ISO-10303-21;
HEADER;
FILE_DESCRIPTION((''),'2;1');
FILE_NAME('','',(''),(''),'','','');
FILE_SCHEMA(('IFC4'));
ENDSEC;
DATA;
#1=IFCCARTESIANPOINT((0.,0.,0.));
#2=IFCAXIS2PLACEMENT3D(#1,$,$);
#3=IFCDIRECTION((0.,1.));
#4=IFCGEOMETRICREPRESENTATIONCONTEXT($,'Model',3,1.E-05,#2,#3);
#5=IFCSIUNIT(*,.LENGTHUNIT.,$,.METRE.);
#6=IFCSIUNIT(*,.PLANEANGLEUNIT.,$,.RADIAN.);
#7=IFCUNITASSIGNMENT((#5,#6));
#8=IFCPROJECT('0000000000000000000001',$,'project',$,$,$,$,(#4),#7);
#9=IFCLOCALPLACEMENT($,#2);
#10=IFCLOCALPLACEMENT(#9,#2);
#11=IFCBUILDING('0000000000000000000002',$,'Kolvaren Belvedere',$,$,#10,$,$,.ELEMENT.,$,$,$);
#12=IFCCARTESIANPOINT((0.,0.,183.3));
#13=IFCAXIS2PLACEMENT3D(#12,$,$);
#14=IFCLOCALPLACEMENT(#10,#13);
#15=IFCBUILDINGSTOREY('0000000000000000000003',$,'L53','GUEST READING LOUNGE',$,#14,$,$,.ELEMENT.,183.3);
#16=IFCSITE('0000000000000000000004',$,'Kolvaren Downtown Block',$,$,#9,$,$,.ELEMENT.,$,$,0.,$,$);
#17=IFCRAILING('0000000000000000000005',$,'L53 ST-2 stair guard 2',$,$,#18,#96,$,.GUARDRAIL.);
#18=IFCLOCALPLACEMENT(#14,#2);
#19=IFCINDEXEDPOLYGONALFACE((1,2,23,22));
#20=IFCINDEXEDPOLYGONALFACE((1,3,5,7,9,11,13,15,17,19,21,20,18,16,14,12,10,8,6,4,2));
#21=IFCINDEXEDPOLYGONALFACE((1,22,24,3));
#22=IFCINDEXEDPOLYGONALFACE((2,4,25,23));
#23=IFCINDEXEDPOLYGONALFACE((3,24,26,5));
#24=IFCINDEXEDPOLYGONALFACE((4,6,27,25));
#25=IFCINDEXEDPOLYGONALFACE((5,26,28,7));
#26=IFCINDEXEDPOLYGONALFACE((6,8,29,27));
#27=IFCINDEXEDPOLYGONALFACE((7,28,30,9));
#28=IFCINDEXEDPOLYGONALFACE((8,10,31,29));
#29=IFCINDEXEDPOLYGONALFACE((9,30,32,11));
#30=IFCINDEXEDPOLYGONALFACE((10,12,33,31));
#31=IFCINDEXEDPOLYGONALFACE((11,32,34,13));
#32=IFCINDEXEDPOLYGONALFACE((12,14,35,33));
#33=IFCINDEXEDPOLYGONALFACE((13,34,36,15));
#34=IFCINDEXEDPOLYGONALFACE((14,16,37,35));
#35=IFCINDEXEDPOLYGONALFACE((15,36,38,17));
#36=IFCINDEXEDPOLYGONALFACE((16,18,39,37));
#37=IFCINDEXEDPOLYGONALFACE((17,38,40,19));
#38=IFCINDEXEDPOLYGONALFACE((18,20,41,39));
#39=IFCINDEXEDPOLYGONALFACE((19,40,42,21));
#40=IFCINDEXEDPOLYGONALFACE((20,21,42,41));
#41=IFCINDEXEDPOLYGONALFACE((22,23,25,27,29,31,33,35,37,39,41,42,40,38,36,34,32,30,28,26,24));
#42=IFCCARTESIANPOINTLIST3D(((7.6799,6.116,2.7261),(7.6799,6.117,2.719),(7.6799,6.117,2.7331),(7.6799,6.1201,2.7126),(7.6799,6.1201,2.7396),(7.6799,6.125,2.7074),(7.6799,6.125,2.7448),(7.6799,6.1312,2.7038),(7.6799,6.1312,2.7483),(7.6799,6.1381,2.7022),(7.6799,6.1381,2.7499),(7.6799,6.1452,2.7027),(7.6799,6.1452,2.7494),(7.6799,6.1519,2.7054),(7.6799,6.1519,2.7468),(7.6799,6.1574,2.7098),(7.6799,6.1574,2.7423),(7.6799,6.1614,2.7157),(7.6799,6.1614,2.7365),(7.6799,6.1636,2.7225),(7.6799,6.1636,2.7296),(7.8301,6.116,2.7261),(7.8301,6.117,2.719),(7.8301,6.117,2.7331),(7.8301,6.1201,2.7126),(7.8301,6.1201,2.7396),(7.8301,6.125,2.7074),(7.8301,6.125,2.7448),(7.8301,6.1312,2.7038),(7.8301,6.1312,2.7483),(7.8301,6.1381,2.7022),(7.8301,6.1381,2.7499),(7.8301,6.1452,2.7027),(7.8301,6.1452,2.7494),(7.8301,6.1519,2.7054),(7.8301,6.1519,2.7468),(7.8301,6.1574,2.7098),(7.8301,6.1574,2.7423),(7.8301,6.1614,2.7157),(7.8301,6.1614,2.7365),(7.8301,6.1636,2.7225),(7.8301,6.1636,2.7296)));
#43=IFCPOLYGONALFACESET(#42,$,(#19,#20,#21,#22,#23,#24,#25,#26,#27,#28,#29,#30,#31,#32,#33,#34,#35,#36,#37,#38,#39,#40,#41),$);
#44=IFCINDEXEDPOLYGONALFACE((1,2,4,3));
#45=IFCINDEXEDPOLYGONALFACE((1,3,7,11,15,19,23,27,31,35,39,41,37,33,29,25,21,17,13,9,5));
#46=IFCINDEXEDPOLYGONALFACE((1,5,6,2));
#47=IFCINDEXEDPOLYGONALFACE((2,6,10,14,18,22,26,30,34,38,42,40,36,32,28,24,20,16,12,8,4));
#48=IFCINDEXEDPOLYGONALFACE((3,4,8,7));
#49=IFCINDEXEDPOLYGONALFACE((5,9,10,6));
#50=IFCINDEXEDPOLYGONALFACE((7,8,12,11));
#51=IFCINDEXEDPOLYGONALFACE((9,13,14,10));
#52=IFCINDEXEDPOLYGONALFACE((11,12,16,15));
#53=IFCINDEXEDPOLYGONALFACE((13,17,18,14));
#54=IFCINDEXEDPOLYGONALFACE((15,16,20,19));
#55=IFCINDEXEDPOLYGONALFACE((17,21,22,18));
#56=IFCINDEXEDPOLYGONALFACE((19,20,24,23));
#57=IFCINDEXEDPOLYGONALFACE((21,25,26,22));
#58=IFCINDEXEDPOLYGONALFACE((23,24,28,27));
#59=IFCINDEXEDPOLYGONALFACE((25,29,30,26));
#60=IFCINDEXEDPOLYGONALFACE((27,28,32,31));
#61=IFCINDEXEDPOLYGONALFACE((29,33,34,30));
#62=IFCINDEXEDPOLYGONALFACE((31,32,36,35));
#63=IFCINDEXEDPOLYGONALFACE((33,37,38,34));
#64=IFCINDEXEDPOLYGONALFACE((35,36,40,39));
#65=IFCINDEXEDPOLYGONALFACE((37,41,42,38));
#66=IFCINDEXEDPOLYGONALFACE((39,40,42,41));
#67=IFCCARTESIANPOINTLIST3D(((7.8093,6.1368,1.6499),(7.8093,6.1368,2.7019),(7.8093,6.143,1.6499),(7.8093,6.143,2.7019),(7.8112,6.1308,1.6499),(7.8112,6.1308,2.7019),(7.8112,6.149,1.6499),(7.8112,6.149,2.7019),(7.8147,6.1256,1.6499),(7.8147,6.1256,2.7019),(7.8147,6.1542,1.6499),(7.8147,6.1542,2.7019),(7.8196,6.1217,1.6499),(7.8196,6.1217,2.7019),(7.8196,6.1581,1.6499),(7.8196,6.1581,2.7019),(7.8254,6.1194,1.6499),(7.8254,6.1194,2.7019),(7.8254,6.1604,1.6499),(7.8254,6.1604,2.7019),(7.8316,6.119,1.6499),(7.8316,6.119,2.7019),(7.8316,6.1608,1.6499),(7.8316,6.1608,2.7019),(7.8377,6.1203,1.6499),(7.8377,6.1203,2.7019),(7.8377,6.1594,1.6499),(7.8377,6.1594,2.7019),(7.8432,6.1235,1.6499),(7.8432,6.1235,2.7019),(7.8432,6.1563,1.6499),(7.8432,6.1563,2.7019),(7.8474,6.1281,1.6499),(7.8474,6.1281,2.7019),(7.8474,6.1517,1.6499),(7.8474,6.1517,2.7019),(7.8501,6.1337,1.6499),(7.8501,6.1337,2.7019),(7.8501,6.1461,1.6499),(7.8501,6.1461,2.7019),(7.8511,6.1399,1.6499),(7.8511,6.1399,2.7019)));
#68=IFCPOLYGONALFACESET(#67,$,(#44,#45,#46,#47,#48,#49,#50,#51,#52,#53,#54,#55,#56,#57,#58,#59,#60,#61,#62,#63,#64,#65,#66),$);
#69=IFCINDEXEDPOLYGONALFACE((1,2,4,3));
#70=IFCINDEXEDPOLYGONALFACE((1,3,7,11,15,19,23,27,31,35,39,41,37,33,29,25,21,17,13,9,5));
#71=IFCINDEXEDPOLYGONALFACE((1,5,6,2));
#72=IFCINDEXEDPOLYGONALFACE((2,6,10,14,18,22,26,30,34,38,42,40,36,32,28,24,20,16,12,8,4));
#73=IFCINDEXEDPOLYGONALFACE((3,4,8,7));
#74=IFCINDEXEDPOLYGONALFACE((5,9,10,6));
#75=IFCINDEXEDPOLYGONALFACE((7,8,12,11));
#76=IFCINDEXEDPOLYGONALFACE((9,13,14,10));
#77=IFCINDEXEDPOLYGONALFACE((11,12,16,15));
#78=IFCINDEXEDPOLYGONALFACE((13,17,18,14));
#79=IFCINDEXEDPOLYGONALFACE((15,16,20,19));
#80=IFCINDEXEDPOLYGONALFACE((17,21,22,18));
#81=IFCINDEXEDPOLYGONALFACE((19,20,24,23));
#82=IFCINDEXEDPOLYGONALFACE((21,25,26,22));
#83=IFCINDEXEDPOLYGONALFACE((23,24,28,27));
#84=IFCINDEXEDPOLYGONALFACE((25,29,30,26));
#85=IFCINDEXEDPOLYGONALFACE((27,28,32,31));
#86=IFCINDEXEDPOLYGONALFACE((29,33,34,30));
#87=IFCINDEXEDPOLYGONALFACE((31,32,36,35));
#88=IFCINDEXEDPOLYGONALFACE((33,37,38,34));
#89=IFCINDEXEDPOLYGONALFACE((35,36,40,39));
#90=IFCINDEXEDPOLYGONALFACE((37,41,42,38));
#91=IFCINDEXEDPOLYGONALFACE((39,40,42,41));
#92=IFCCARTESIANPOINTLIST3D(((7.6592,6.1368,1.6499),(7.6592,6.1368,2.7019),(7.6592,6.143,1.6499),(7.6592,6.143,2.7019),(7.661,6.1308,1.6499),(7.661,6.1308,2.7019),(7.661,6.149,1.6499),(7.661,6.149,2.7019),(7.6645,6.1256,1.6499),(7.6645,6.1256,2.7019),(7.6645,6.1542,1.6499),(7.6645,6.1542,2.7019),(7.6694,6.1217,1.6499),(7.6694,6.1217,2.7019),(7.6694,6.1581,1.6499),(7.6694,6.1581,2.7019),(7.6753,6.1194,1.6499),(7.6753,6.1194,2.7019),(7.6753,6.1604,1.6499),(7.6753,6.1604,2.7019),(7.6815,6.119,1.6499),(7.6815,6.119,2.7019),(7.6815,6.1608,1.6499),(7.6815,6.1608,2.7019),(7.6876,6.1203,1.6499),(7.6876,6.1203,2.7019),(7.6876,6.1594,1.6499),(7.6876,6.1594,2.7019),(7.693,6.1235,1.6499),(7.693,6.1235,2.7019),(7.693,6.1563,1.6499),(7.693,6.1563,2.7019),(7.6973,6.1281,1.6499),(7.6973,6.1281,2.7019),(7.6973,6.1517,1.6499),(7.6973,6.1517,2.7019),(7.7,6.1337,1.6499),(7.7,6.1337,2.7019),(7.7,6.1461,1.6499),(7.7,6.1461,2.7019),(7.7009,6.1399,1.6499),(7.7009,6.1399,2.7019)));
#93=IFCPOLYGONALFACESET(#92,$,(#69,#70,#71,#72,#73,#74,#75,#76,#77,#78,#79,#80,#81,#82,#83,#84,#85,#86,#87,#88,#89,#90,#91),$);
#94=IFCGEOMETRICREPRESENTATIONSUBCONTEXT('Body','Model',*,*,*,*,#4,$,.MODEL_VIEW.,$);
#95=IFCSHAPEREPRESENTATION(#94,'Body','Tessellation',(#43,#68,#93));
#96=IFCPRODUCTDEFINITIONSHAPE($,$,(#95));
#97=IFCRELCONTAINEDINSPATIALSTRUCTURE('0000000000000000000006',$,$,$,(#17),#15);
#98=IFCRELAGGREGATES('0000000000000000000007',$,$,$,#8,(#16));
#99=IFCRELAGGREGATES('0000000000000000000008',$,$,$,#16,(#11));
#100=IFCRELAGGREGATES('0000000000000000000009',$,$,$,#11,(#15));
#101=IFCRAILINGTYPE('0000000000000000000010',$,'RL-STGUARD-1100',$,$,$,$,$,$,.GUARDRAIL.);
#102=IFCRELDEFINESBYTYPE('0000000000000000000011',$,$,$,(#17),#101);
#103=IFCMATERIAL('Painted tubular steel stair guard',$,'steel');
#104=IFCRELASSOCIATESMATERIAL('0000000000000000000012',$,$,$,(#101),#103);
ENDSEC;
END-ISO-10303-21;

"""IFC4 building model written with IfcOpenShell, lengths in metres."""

from ifc_helpers import new_model, si_unit, direction, frame, origin, origin_2d, place, context, subcontext, project, spatial, circle, extrude, material, type_object, element, save


model = new_model("IFC4")

# Units and contexts
model_context = context("Model", 3, precision=1e-05, world=origin(), true_north=direction((0.0, 1.0)))
body_context = subcontext(model_context, "Body", "Model", "MODEL_VIEW")
ifc_project = project(units=[si_unit("LENGTHUNIT", "METRE"), si_unit("PLANEANGLEUNIT", "RADIAN")], contexts=[model_context])

# Site, building, storey
site_placement = place(None, origin())
site = spatial("IfcSite", under=ifc_project, at=site_placement, Name="Kolvaren Downtown Block", CompositionType="ELEMENT", RefElevation=0.0)
building_placement = place(site_placement, origin())
building = spatial("IfcBuilding", under=site, at=building_placement, Name="Kolvaren Belvedere", CompositionType="ELEMENT")
storey_placement = place(building_placement, frame((0.0, 0.0, 183.3)))
storey = spatial("IfcBuildingStorey", under=building, at=storey_placement, Name="L53", Description="GUEST READING LOUNGE", CompositionType="ELEMENT", Elevation=183.3)

# Railing
ifc_material_1 = material(Name="Painted tubular steel stair guard", Category="steel")
railing_type_1 = type_object("IfcRailingType", Name="RL-STGUARD-1100", PredefinedType="GUARDRAIL", material=ifc_material_1)
railing_1_placement = place(storey_placement, frame((7.8301, 6.1399, 1.6499)))
element("IfcRailing", 1, at=railing_1_placement, inside=storey, type_object=railing_type_1, Name="L53 ST-2 stair guard 2", PredefinedType="GUARDRAIL", context=body_context, shape_type="SweptSolid", body=[
    extrude(circle(Radius=0.0239, at=origin_2d()), frame((0.0, 0.0, 1.0762), z_axis=(-1.0, 0.0, 0.0), x_axis=(0.0, -1.0, 0.0)), (0.0, 0.0, 1.0), 0.1501),
    extrude(circle(Radius=0.021, at=origin_2d()), origin(), (0.0, 0.0, 1.0), 1.052),
    extrude(circle(Radius=0.021, at=origin_2d()), frame((-0.1501, 0.0, 0.0)), (0.0, 0.0, 1.0), 1.052),
])

save(model, "model.ifc")
